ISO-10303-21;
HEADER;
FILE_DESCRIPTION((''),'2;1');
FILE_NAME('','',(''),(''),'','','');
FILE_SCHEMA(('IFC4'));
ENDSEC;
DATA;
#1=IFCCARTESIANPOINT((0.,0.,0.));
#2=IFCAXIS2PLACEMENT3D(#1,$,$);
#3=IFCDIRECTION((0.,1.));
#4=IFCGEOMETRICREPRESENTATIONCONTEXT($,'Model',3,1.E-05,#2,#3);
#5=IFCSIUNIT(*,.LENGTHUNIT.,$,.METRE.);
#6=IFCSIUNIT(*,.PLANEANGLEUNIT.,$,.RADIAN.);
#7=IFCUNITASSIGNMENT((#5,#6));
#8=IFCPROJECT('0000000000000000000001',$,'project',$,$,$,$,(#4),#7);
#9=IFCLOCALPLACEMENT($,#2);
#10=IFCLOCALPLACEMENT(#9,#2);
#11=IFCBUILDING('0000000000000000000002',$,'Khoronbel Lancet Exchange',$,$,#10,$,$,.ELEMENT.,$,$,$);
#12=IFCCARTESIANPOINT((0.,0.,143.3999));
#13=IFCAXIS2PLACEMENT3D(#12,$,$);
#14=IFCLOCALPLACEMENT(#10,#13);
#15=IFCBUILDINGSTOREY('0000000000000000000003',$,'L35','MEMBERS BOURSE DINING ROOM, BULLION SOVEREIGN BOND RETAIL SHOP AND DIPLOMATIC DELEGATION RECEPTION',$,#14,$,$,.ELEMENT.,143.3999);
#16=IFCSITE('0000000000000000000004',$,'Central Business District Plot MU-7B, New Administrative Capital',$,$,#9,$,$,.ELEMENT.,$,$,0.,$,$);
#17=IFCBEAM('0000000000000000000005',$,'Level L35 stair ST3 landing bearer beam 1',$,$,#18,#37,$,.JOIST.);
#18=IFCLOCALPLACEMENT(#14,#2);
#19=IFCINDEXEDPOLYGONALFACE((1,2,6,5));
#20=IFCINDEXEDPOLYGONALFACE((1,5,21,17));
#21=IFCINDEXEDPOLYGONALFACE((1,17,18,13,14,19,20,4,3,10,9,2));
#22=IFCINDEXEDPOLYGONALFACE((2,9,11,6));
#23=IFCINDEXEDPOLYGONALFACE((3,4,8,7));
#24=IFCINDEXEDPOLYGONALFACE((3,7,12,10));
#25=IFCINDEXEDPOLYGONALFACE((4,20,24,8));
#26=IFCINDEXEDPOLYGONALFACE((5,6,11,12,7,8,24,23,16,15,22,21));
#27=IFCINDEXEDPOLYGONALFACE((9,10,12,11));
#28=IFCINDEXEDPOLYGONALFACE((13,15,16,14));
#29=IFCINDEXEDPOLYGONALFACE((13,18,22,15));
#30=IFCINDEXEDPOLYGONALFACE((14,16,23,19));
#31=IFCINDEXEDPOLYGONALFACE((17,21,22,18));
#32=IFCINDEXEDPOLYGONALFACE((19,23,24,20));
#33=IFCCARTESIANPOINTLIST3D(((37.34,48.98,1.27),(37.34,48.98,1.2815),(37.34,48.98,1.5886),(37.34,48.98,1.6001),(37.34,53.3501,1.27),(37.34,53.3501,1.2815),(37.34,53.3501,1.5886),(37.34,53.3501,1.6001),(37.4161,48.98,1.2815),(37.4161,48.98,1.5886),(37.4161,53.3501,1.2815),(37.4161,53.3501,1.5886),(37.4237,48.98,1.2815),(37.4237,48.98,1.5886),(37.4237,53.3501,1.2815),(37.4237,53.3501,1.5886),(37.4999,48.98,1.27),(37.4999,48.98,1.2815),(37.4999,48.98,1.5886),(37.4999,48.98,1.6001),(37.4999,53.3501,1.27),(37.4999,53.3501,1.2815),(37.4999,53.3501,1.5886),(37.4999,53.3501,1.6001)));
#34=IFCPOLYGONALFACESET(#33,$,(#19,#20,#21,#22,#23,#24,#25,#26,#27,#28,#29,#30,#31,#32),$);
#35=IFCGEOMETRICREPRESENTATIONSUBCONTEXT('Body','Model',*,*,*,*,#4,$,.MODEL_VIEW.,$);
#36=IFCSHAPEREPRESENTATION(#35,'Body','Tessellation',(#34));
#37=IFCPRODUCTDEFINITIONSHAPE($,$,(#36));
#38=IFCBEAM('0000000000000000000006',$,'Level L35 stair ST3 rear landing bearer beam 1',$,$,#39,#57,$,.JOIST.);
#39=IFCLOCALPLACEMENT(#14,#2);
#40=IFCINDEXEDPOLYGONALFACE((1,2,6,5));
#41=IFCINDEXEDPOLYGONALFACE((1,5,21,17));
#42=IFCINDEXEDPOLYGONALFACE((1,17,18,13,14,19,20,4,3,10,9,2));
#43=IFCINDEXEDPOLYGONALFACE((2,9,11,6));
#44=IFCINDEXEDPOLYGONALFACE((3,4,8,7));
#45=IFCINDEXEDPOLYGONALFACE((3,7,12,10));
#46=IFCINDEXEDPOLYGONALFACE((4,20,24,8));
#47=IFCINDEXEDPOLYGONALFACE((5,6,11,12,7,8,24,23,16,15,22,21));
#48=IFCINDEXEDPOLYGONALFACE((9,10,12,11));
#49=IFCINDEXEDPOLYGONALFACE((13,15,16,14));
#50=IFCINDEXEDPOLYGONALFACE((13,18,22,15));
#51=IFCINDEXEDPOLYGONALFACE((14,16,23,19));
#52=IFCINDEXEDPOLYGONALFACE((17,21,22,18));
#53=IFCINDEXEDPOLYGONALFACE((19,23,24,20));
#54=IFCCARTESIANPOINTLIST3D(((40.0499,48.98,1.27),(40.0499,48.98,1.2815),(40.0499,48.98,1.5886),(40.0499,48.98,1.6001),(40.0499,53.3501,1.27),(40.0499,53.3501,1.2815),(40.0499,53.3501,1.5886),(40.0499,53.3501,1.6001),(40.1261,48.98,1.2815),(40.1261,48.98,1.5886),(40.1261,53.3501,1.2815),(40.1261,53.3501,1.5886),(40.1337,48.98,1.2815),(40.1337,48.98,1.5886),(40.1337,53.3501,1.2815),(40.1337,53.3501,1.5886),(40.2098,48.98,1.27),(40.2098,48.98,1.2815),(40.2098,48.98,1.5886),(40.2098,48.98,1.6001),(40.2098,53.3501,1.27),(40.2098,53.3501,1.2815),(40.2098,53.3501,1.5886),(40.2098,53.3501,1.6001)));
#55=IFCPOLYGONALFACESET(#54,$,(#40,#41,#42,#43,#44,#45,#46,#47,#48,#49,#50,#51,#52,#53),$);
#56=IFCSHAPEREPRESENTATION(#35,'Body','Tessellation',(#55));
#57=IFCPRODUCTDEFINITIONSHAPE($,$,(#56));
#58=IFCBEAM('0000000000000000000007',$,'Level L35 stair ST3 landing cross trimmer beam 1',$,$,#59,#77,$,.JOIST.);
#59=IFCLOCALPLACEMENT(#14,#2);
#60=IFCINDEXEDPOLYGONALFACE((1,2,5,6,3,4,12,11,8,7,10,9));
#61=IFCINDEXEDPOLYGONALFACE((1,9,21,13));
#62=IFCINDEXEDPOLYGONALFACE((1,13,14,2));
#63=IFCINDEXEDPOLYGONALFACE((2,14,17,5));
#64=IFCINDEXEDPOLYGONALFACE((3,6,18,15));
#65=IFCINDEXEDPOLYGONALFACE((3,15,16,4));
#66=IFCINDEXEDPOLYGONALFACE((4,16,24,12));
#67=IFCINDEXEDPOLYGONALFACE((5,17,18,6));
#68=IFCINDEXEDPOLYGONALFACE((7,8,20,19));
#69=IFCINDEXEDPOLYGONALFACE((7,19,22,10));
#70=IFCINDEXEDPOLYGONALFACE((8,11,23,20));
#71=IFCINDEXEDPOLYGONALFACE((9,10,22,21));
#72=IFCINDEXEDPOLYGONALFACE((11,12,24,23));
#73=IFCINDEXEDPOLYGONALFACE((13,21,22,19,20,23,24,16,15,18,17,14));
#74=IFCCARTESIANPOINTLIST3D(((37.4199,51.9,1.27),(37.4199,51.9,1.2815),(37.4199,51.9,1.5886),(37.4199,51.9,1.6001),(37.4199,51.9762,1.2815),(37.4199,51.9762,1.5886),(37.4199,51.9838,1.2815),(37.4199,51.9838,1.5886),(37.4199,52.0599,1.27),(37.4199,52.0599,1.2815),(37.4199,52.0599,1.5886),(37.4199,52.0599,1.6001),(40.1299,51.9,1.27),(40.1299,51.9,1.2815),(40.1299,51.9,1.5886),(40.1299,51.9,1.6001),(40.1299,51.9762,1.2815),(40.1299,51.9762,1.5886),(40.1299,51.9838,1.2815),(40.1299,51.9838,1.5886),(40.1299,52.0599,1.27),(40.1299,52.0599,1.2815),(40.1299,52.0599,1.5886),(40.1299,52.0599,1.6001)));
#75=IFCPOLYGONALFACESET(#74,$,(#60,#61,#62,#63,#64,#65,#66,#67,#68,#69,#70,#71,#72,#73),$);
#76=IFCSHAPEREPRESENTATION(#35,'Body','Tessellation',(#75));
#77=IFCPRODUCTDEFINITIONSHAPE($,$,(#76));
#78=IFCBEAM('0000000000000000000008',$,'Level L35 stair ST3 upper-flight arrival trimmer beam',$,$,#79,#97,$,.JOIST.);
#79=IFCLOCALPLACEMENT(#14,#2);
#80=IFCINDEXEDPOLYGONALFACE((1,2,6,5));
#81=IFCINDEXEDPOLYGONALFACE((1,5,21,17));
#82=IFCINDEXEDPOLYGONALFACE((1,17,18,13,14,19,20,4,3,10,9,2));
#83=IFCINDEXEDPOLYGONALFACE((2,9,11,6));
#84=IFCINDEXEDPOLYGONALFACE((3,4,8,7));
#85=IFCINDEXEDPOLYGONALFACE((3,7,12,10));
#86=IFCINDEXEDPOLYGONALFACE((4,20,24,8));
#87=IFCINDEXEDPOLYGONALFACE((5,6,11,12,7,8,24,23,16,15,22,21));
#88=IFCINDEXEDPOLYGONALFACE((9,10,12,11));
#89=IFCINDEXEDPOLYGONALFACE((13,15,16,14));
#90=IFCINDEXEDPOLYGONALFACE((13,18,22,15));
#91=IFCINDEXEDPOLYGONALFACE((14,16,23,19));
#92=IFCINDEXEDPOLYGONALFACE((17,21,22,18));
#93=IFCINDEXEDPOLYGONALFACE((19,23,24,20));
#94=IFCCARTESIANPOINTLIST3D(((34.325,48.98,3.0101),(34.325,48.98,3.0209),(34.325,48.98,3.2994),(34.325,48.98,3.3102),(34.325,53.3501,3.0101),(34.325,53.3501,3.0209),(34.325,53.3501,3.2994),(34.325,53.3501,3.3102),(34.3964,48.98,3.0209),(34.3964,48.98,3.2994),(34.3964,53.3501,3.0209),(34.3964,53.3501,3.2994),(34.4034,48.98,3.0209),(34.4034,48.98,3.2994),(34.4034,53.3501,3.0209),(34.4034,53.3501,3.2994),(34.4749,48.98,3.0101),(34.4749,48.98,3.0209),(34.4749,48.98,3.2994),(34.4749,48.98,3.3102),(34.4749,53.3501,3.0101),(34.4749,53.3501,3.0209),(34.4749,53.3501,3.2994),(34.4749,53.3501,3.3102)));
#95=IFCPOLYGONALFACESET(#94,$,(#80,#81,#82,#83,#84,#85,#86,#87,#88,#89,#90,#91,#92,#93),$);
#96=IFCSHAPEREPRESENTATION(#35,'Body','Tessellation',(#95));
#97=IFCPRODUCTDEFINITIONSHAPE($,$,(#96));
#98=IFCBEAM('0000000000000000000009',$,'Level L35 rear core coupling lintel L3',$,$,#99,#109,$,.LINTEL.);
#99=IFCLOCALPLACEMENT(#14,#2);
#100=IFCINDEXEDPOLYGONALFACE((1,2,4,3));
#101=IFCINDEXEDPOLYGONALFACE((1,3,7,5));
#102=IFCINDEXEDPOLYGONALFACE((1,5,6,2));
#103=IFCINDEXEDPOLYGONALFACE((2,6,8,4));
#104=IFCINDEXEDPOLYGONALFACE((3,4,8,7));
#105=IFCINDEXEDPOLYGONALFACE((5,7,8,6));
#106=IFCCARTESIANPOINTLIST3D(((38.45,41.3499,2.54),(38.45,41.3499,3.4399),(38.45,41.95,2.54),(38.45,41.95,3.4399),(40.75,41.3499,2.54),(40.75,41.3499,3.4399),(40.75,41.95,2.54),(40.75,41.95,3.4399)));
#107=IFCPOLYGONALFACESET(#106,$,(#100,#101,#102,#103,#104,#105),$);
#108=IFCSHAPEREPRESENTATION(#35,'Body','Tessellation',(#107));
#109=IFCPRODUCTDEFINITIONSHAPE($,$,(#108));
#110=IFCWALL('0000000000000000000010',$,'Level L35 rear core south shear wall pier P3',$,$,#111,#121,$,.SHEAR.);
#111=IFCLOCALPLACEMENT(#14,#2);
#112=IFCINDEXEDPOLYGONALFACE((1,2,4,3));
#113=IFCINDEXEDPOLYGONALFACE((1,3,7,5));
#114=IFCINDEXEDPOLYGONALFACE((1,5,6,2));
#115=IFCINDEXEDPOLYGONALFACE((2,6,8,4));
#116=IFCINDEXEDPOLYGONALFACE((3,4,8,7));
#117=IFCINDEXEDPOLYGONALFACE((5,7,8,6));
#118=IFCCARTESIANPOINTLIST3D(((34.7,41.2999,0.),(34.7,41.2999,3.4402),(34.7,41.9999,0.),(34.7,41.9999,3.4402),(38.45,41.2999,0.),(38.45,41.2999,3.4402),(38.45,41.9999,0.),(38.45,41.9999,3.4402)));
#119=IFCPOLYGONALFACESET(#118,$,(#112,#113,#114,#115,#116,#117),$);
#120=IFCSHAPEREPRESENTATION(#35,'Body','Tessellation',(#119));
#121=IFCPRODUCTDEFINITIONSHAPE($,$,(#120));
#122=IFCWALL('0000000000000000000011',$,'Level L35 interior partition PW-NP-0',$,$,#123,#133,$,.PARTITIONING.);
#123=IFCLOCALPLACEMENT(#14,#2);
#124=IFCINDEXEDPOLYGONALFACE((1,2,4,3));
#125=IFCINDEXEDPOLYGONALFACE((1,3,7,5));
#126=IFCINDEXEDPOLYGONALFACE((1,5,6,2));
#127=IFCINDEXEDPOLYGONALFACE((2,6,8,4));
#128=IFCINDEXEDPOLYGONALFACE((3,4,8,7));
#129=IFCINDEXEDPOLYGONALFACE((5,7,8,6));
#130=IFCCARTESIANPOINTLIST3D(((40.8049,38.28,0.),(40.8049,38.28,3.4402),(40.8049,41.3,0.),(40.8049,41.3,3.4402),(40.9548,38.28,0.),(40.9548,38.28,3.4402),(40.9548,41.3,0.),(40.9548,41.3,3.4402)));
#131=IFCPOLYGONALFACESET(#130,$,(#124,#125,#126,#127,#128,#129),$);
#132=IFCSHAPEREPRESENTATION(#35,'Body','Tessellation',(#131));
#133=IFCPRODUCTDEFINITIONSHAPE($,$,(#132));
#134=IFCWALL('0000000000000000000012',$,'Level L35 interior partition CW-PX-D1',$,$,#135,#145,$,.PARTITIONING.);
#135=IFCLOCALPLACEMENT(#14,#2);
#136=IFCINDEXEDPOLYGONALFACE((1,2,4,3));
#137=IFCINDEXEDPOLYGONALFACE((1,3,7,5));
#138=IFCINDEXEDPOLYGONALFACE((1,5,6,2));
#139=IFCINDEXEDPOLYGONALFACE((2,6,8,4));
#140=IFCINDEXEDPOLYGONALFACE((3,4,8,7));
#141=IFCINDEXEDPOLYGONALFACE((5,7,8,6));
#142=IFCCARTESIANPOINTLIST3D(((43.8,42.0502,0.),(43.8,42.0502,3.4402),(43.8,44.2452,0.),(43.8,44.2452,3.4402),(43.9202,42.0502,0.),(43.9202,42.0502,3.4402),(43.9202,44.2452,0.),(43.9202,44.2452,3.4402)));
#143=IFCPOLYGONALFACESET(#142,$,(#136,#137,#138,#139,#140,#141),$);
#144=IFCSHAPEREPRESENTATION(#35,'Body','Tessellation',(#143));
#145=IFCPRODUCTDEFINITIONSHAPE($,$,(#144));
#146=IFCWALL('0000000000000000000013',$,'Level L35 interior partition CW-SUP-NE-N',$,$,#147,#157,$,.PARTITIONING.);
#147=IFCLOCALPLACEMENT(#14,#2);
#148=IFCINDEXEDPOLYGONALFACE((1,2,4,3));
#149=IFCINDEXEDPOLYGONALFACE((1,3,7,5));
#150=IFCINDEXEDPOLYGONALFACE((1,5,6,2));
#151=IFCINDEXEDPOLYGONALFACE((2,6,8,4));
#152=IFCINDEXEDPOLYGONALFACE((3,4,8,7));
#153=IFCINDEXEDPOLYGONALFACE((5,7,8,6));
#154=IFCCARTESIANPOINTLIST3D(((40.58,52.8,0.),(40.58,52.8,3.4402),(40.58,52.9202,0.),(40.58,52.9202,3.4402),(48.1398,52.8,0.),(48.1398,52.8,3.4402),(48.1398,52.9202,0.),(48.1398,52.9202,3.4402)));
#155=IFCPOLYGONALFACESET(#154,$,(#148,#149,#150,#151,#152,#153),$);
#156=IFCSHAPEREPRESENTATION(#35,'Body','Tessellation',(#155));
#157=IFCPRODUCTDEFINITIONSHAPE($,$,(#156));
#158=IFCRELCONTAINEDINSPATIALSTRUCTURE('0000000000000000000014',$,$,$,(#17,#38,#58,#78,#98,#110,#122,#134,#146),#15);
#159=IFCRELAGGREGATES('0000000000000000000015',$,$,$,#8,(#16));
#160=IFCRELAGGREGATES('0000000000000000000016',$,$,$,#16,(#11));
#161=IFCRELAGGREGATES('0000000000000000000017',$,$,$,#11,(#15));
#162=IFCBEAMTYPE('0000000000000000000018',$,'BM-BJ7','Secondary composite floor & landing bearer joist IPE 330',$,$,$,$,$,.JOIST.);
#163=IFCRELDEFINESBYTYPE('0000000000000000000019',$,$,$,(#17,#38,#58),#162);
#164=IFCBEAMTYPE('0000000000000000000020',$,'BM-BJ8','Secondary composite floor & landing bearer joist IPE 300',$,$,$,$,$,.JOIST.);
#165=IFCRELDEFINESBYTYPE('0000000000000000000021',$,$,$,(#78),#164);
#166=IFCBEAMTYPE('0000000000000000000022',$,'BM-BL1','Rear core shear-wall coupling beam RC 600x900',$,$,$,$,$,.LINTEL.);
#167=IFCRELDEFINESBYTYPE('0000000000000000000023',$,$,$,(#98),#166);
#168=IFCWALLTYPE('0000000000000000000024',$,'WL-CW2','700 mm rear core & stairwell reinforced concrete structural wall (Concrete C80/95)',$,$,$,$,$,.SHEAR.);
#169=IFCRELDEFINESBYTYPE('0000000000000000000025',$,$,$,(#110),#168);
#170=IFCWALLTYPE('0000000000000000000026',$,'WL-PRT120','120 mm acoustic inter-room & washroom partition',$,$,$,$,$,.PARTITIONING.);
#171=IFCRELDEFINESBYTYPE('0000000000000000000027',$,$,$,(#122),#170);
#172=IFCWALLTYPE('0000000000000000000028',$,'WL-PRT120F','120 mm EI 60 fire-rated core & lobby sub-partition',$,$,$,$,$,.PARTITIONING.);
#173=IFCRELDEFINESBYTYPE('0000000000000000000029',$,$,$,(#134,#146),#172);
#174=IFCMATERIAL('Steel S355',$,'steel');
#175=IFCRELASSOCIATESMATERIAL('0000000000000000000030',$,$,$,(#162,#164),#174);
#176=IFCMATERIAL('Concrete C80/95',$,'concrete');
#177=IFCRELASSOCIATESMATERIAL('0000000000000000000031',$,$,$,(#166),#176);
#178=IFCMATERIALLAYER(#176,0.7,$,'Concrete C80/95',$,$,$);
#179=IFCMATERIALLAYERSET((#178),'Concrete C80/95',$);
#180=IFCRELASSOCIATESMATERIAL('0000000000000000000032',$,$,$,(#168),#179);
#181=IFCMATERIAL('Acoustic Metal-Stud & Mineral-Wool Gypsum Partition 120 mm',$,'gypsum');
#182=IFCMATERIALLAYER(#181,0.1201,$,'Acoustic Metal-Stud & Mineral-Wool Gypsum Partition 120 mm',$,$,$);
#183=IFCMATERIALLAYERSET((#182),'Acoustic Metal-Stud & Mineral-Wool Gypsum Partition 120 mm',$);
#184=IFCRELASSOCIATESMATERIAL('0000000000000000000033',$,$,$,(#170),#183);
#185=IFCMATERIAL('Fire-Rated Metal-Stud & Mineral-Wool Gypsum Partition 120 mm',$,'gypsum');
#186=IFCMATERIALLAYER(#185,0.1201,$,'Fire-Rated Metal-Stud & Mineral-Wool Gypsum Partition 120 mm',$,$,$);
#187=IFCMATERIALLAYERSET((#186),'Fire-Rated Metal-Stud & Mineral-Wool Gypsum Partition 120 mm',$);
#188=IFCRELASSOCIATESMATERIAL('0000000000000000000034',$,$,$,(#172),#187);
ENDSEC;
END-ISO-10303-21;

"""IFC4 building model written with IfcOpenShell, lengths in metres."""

from ifc_helpers import new_model, si_unit, direction, frame, frame_2d, origin, origin_2d, place, context, subcontext, project, spatial, rectangle, i_section, extrude, material, layer, layer_set, material_profile, profile_set, type_object, element, save


model = new_model("IFC4")

# Units and contexts
model_context = context("Model", 3, precision=1e-05, world=origin(), true_north=direction((0.0, 1.0)))
body_context = subcontext(model_context, "Body", "Model", "MODEL_VIEW")
ifc_project = project(units=[si_unit("LENGTHUNIT", "METRE"), si_unit("PLANEANGLEUNIT", "RADIAN")], contexts=[model_context])

# Site, building, storey
site_placement = place(None, origin())
site = spatial("IfcSite", under=ifc_project, at=site_placement, Name="Central Business District Plot MU-7B, New Administrative Capital", CompositionType="ELEMENT", RefElevation=0.0)
building_placement = place(site_placement, origin())
building = spatial("IfcBuilding", under=site, at=building_placement, Name="Khoronbel Lancet Exchange", CompositionType="ELEMENT")
storey_placement = place(building_placement, frame((0.0, 0.0, 143.3999)))
storey = spatial("IfcBuildingStorey", under=building, at=storey_placement, Name="L35", Description="MEMBERS BOURSE DINING ROOM, BULLION SOVEREIGN BOND RETAIL SHOP AND DIPLOMATIC DELEGATION RECEPTION", CompositionType="ELEMENT", Elevation=143.3999)

# Beams
ifc_material_1 = material(Name="Steel S355", Category="steel")
ifc_material_profile_1 = material_profile(ifc_material_1, i_section(OverallWidth=0.1599, OverallDepth=0.3301, WebThickness=0.0076, FlangeThickness=0.0115, at=origin_2d()), Name="IPE 330")
ifc_profile_set_1 = profile_set([ifc_material_profile_1], Name="Steel S355")
beam_type_1 = type_object("IfcBeamType", Name="BM-BJ7", Description="Secondary composite floor & landing bearer joist IPE 330", PredefinedType="JOIST", material=ifc_profile_set_1)
for number, where, z_axis, x_axis, name in (
    (1, (37.4199, 48.98, 1.4351), (0.0, 1.0, 0.0), (-1.0, 0.0, 0.0), "Level L35 stair ST3 landing bearer beam 1"),
    (2, (40.1299, 48.98, 1.4351), (0.0, 1.0, 0.0), (-1.0, 0.0, 0.0), "Level L35 stair ST3 rear landing bearer beam 1"),
):
    element("IfcBeam", number, at=place(storey_placement, frame(where, z_axis=z_axis, x_axis=x_axis)), inside=storey, type_object=beam_type_1, Name=name, PredefinedType="JOIST", context=body_context, shape_type="SweptSolid", body=[
        extrude(i_section(OverallWidth=0.1599, OverallDepth=0.3301, WebThickness=0.0076, FlangeThickness=0.0115, at=origin_2d()), origin(), (0.0, 0.0, 1.0), 4.3701),
    ])
beam_1_placement = place(storey_placement, frame((37.4199, 51.98, 1.4351), z_axis=(1.0, 0.0, 0.0), x_axis=(0.0, 1.0, 0.0)))
element("IfcBeam", 3, at=beam_1_placement, inside=storey, type_object=beam_type_1, Name="Level L35 stair ST3 landing cross trimmer beam 1", PredefinedType="JOIST", context=body_context, shape_type="SweptSolid", body=[
    extrude(i_section(OverallWidth=0.1599, OverallDepth=0.3301, WebThickness=0.0076, FlangeThickness=0.0115, at=origin_2d()), origin(), (0.0, 0.0, 1.0), 2.71),
])
ifc_material_profile_2 = material_profile(ifc_material_1, i_section(OverallWidth=0.1499, OverallDepth=0.3, WebThickness=0.0071, FlangeThickness=0.0107, at=origin_2d()), Name="IPE 300")
ifc_profile_set_2 = profile_set([ifc_material_profile_2], Name="Steel S355")
beam_type_2 = type_object("IfcBeamType", Name="BM-BJ8", Description="Secondary composite floor & landing bearer joist IPE 300", PredefinedType="JOIST", material=ifc_profile_set_2)
beam_2_placement = place(storey_placement, frame((34.3999, 48.98, 3.1602), z_axis=(0.0, 1.0, 0.0), x_axis=(-1.0, 0.0, 0.0)))
element("IfcBeam", 4, at=beam_2_placement, inside=storey, type_object=beam_type_2, Name="Level L35 stair ST3 upper-flight arrival trimmer beam", PredefinedType="JOIST", context=body_context, shape_type="SweptSolid", body=[
    extrude(i_section(OverallWidth=0.1499, OverallDepth=0.3, WebThickness=0.0071, FlangeThickness=0.0107, at=origin_2d()), origin(), (0.0, 0.0, 1.0), 4.3701),
])
ifc_material_2 = material(Name="Concrete C80/95", Category="concrete")
ifc_material_profile_3 = material_profile(ifc_material_2, rectangle(XDim=0.6001, YDim=0.8999, at=origin_2d()), Name="RC 600x900")
ifc_profile_set_3 = profile_set([ifc_material_profile_3], Name="Concrete C80/95")
beam_type_3 = type_object("IfcBeamType", Name="BM-BL1", Description="Rear core shear-wall coupling beam RC 600x900", PredefinedType="LINTEL", material=ifc_profile_set_3)
beam_3_placement = place(storey_placement, frame((38.45, 41.6499, 2.99), z_axis=(1.0, 0.0, 0.0), x_axis=(0.0, 1.0, 0.0)))
element("IfcBeam", 5, at=beam_3_placement, inside=storey, type_object=beam_type_3, Name="Level L35 rear core coupling lintel L3", PredefinedType="LINTEL", context=body_context, shape_type="SweptSolid", body=[
    extrude(rectangle(XDim=0.6001, YDim=0.8999, at=origin_2d()), origin(), (0.0, 0.0, 1.0), 2.3),
])

# Walls
ifc_layer_1 = layer(ifc_material_2, 0.7, Name="Concrete C80/95")
ifc_layer_set_1 = layer_set([ifc_layer_1], Name="Concrete C80/95")
wall_type_1 = type_object("IfcWallType", Name="WL-CW2", Description="700 mm rear core & stairwell reinforced concrete structural wall (Concrete C80/95)", PredefinedType="SHEAR", material=ifc_layer_set_1)
wall_1_placement = place(storey_placement, frame((38.45, 41.6499, 0.0), z_axis=(0.0, 0.0, 1.0), x_axis=(-1.0, 0.0, 0.0)))
element("IfcWall", 6, at=wall_1_placement, inside=storey, type_object=wall_type_1, Name="Level L35 rear core south shear wall pier P3", PredefinedType="SHEAR", context=body_context, shape_type="SweptSolid", body=[
    extrude(rectangle(XDim=3.75, YDim=0.7, at=frame_2d((1.875, 0.0))), origin(), (0.0, 0.0, 1.0), 3.4402),
])
ifc_material_3 = material(Name="Acoustic Metal-Stud & Mineral-Wool Gypsum Partition 120 mm", Category="gypsum")
ifc_layer_2 = layer(ifc_material_3, 0.1201, Name="Acoustic Metal-Stud & Mineral-Wool Gypsum Partition 120 mm")
ifc_layer_set_2 = layer_set([ifc_layer_2], Name="Acoustic Metal-Stud & Mineral-Wool Gypsum Partition 120 mm")
wall_type_2 = type_object("IfcWallType", Name="WL-PRT120", Description="120 mm acoustic inter-room & washroom partition", PredefinedType="PARTITIONING", material=ifc_layer_set_2)
wall_2_placement = place(storey_placement, frame((40.8799, 38.28, 0.0), z_axis=(0.0, 0.0, 1.0), x_axis=(0.0, 1.0, 0.0)))
element("IfcWall", 7, at=wall_2_placement, inside=storey, type_object=wall_type_2, Name="Level L35 interior partition PW-NP-0", PredefinedType="PARTITIONING", context=body_context, shape_type="SweptSolid", body=[
    extrude(rectangle(XDim=3.02, YDim=0.1499, at=frame_2d((1.51, 0.0))), origin(), (0.0, 0.0, 1.0), 3.4402),
])
ifc_material_4 = material(Name="Fire-Rated Metal-Stud & Mineral-Wool Gypsum Partition 120 mm", Category="gypsum")
ifc_layer_3 = layer(ifc_material_4, 0.1201, Name="Fire-Rated Metal-Stud & Mineral-Wool Gypsum Partition 120 mm")
ifc_layer_set_3 = layer_set([ifc_layer_3], Name="Fire-Rated Metal-Stud & Mineral-Wool Gypsum Partition 120 mm")
wall_type_3 = type_object("IfcWallType", Name="WL-PRT120F", Description="120 mm EI 60 fire-rated core & lobby sub-partition", PredefinedType="PARTITIONING", material=ifc_layer_set_3)
wall_3_placement = place(storey_placement, frame((43.8601, 42.05, 0.0), z_axis=(0.0, 0.0, 1.0), x_axis=(0.0, 1.0, 0.0)))
element("IfcWall", 8, at=wall_3_placement, inside=storey, type_object=wall_type_3, Name="Level L35 interior partition CW-PX-D1", PredefinedType="PARTITIONING", context=body_context, shape_type="SweptSolid", body=[
    extrude(rectangle(XDim=2.1951, YDim=0.1201, at=frame_2d((1.0977, 0.0))), origin(), (0.0, 0.0, 1.0), 3.4402),
])
wall_4_placement = place(storey_placement, frame((40.5801, 52.8601, 0.0), z_axis=(0.0, 0.0, 1.0), x_axis=(1.0, 0.0, 0.0)))
element("IfcWall", 9, at=wall_4_placement, inside=storey, type_object=wall_type_3, Name="Level L35 interior partition CW-SUP-NE-N", PredefinedType="PARTITIONING", context=body_context, shape_type="SweptSolid", body=[
    extrude(rectangle(XDim=7.5598, YDim=0.1201, at=frame_2d((3.7798, 0.0))), origin(), (0.0, 0.0, 1.0), 3.4402),
])

save(model, "model.ifc")
